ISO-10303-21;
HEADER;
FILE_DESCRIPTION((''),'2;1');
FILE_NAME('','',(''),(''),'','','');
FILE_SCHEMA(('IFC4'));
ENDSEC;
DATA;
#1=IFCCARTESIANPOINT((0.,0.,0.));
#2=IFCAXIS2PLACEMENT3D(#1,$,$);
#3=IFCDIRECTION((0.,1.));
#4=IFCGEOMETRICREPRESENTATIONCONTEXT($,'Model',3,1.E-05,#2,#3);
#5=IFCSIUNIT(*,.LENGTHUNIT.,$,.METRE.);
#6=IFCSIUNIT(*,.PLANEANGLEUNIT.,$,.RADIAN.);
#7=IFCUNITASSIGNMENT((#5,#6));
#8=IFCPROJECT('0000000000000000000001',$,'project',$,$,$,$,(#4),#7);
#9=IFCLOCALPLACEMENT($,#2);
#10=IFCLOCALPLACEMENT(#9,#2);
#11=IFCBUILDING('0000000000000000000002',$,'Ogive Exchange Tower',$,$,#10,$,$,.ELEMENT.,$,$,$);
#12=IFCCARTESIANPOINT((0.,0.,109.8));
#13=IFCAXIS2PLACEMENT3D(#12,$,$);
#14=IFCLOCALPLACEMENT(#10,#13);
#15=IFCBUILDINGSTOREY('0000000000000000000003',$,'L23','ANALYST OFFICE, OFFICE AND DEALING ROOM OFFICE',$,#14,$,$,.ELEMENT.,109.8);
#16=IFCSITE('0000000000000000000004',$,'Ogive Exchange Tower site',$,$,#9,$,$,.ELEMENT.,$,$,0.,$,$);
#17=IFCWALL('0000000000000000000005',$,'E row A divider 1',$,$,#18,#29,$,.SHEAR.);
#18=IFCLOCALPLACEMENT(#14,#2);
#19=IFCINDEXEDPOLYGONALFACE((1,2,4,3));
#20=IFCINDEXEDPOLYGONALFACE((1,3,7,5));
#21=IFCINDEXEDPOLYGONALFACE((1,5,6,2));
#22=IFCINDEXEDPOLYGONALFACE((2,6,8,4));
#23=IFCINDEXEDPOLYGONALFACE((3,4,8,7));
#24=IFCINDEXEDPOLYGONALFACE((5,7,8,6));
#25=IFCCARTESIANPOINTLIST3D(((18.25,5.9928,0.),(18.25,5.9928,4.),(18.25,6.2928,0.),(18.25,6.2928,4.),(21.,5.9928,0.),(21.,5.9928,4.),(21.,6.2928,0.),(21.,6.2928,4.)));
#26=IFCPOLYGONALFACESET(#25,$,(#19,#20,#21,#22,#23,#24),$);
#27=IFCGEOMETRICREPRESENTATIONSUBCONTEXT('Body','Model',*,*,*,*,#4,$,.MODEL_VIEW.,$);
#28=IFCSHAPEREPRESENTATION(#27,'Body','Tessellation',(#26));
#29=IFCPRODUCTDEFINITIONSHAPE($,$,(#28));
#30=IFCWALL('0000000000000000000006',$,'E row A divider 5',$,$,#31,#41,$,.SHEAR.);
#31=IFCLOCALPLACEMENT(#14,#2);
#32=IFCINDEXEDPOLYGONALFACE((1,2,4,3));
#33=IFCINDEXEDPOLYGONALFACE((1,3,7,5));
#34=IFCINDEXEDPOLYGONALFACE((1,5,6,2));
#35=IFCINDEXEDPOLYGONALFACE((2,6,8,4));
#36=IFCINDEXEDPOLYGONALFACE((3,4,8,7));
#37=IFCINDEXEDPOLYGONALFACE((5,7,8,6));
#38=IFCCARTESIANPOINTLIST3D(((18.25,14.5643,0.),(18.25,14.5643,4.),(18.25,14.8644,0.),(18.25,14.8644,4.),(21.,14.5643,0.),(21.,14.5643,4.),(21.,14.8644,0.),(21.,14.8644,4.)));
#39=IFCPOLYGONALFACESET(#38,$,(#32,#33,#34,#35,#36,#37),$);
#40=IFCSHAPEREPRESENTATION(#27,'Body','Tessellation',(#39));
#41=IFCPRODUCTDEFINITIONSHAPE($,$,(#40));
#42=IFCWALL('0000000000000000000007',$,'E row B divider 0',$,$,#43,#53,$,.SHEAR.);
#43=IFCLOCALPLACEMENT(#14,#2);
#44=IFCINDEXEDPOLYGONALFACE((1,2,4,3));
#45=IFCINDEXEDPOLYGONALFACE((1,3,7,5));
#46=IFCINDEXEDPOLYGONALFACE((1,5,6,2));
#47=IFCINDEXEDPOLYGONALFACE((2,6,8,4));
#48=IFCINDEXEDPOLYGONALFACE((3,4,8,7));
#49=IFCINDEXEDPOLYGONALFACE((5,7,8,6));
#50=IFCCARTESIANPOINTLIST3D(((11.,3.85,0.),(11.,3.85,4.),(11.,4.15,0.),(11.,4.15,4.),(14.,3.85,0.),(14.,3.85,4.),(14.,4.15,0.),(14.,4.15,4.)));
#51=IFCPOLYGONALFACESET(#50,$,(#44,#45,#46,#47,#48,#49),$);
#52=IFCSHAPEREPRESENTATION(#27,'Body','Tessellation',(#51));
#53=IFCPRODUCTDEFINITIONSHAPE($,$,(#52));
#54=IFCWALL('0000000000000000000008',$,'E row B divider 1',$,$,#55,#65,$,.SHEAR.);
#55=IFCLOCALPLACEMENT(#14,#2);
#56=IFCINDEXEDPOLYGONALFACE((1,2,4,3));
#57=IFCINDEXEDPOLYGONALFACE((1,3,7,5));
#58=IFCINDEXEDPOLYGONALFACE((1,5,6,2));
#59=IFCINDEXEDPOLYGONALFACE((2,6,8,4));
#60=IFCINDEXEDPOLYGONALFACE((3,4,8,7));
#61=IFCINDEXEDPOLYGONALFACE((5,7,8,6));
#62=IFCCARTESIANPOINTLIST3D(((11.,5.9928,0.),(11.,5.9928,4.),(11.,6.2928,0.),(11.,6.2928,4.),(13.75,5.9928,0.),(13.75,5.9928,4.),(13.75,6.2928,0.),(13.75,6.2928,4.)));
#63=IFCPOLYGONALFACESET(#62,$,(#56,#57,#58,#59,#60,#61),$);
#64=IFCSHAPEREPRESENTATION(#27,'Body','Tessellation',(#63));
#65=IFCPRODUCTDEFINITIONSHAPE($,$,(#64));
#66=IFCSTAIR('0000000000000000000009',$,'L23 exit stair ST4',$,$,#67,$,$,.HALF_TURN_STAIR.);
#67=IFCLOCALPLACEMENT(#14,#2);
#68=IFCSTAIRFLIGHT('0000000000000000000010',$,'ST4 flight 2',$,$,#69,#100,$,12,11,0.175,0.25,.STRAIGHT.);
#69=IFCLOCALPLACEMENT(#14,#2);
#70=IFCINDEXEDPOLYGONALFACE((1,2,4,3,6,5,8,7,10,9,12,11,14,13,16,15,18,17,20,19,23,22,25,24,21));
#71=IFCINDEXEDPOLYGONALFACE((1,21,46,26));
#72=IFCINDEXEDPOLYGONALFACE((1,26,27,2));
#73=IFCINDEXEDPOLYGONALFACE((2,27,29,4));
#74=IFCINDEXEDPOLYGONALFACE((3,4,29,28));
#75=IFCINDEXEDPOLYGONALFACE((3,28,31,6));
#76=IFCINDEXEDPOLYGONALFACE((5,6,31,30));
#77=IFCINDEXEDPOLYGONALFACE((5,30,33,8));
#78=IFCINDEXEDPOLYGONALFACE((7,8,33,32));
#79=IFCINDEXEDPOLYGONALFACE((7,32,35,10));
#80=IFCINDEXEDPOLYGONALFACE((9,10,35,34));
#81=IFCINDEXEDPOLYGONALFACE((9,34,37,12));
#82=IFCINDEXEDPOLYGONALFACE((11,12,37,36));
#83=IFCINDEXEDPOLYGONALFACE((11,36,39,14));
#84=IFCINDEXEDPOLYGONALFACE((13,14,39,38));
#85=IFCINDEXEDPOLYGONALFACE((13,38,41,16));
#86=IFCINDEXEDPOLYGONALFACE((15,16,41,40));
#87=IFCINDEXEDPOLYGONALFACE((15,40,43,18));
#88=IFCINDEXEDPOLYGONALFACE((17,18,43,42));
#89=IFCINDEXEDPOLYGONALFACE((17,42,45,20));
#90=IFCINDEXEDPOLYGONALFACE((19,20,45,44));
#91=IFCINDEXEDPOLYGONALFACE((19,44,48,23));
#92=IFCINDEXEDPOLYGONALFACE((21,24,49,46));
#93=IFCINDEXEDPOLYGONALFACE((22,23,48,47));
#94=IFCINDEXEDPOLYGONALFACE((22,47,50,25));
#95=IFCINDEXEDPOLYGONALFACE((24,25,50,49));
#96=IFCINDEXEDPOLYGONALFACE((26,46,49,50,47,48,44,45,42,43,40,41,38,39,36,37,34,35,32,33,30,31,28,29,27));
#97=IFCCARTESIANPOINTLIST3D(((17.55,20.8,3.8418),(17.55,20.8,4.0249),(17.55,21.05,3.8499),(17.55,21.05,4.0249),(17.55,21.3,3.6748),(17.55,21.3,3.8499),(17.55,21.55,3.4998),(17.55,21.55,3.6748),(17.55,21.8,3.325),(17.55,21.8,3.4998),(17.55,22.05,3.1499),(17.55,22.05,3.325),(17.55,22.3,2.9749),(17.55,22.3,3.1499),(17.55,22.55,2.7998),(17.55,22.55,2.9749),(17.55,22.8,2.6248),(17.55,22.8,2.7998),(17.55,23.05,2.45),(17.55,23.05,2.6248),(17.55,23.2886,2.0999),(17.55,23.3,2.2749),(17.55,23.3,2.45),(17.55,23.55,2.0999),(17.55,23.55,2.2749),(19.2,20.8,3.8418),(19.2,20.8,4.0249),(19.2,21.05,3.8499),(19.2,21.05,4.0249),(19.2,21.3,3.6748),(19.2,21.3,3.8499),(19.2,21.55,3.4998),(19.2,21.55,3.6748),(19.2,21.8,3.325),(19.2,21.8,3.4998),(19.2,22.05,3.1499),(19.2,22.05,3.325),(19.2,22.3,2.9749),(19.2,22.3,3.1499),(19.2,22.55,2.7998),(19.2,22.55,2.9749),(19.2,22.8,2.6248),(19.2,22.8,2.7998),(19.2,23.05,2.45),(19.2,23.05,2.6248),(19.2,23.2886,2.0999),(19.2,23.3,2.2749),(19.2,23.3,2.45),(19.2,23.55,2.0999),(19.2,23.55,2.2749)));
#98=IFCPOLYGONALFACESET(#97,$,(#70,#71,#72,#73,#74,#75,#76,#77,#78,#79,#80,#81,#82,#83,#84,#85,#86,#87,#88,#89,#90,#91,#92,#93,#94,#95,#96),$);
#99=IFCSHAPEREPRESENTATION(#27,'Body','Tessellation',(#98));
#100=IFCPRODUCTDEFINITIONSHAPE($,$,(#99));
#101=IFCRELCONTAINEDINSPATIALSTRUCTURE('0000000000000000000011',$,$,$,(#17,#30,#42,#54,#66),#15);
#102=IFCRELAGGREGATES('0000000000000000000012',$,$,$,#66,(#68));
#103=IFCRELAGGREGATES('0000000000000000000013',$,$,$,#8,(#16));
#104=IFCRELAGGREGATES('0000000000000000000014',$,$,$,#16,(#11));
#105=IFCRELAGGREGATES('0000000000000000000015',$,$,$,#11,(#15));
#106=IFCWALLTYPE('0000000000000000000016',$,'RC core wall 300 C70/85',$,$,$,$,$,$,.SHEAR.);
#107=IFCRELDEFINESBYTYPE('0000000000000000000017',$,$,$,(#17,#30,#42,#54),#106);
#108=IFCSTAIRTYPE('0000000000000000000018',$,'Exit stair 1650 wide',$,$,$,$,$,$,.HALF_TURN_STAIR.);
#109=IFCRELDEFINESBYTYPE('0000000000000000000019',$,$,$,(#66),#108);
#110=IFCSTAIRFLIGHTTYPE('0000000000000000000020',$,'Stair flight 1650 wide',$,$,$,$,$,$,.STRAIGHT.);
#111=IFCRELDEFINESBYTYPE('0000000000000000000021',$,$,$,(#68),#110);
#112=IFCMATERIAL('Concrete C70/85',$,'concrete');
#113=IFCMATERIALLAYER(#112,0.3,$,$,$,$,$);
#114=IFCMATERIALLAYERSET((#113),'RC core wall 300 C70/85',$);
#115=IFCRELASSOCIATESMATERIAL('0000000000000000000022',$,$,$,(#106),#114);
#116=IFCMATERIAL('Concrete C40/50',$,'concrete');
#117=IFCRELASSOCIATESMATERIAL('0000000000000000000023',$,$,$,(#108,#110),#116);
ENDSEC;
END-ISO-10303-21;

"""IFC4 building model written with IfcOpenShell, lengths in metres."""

from ifc_helpers import new_model, si_unit, direction, frame, frame_2d, origin, place, context, subcontext, project, spatial, polyline, rectangle, outline, extrude, material, layer, layer_set, type_object, element, aggregate, save


model = new_model("IFC4")

# Units and contexts
model_context = context("Model", 3, precision=1e-05, world=origin(), true_north=direction((0.0, 1.0)))
body_context = subcontext(model_context, "Body", "Model", "MODEL_VIEW")
ifc_project = project(units=[si_unit("LENGTHUNIT", "METRE"), si_unit("PLANEANGLEUNIT", "RADIAN")], contexts=[model_context])

# Site, building, storey
site_placement = place(None, origin())
site = spatial("IfcSite", under=ifc_project, at=site_placement, Name="Ogive Exchange Tower site", CompositionType="ELEMENT", RefElevation=0.0)
building_placement = place(site_placement, origin())
building = spatial("IfcBuilding", under=site, at=building_placement, Name="Ogive Exchange Tower", CompositionType="ELEMENT")
storey_placement = place(building_placement, frame((0.0, 0.0, 109.8)))
storey = spatial("IfcBuildingStorey", under=building, at=storey_placement, Name="L23", Description="ANALYST OFFICE, OFFICE AND DEALING ROOM OFFICE", CompositionType="ELEMENT", Elevation=109.8)

# Shared definitions
ifc_material_1 = material(Name="Concrete C70/85", Category="concrete")

# Walls
ifc_layer_1 = layer(ifc_material_1, 0.3)
ifc_layer_set_1 = layer_set([ifc_layer_1], Name="RC core wall 300 C70/85")
wall_type_1 = type_object("IfcWallType", Name="RC core wall 300 C70/85", PredefinedType="SHEAR", material=ifc_layer_set_1)
for number, where, z_axis, x_axis, name in (
    (1, (18.25, 6.1428, 0.0), (0.0, 0.0, 1.0), (1.0, 0.0, 0.0), "E row A divider 1"),
    (2, (18.25, 14.7144, 0.0), (0.0, 0.0, 1.0), (1.0, 0.0, 0.0), "E row A divider 5"),
):
    element("IfcWall", number, at=place(storey_placement, frame(where, z_axis=z_axis, x_axis=x_axis)), inside=storey, type_object=wall_type_1, Name=name, PredefinedType="SHEAR", context=body_context, shape_type="SweptSolid", body=[
        extrude(rectangle(XDim=2.75, YDim=0.3, at=frame_2d((1.375, 0.0))), origin(), (0.0, 0.0, 1.0), 4.0),
    ])
wall_1_placement = place(storey_placement, frame((11.0, 4.0, 0.0), z_axis=(0.0, 0.0, 1.0), x_axis=(1.0, 0.0, 0.0)))
element("IfcWall", 3, at=wall_1_placement, inside=storey, type_object=wall_type_1, Name="E row B divider 0", PredefinedType="SHEAR", context=body_context, shape_type="SweptSolid", body=[
    extrude(rectangle(XDim=3.0, YDim=0.3, at=frame_2d((1.5, 0.0))), origin(), (0.0, 0.0, 1.0), 4.0),
])
wall_2_placement = place(storey_placement, frame((11.0, 6.1428, 0.0), z_axis=(0.0, 0.0, 1.0), x_axis=(1.0, 0.0, 0.0)))
element("IfcWall", 4, at=wall_2_placement, inside=storey, type_object=wall_type_1, Name="E row B divider 1", PredefinedType="SHEAR", context=body_context, shape_type="SweptSolid", body=[
    extrude(rectangle(XDim=2.75, YDim=0.3, at=frame_2d((1.375, 0.0))), origin(), (0.0, 0.0, 1.0), 4.0),
])

# Stair, stair flight
ifc_material_2 = material(Name="Concrete C40/50", Category="concrete")
stair_type = type_object("IfcStairType", Name="Exit stair 1650 wide", PredefinedType="HALF_TURN_STAIR", material=ifc_material_2)
stair_placement = place(storey_placement, origin())
stair = element("IfcStair", 5, at=stair_placement, inside=storey, type_object=stair_type, Name="L23 exit stair ST4", PredefinedType="HALF_TURN_STAIR")
stair_flight_type = type_object("IfcStairFlightType", Name="Stair flight 1650 wide", PredefinedType="STRAIGHT", material=ifc_material_2)
stair_flight_placement = place(storey_placement, frame((18.375, 23.55, 2.0999), z_axis=(0.0, 0.0, 1.0), x_axis=(0.0, -1.0, 0.0)))
stair_flight = element("IfcStairFlight", 6, at=stair_flight_placement, type_object=stair_flight_type, Name="ST4 flight 2", NumberOfRisers=12, NumberOfTreads=11, PredefinedType="STRAIGHT", RiserHeight=0.175, TreadLength=0.25, context=body_context, shape_type="SweptSolid", body=[
    extrude(outline(polyline([(0.0, 0.0), (0.0, 0.175), (0.25, 0.175), (0.25, 0.3501), (0.5, 0.3501), (0.5, 0.5249), (0.75, 0.5249), (0.75, 0.7), (1.0, 0.7), (1.0, 0.875), (1.25, 0.875), (1.25, 1.05), (1.5, 1.05), (1.5, 1.2251), (1.75, 1.2251), (1.75, 1.3999), (2.0, 1.3999), (2.0, 1.575), (2.25, 1.575), (2.25, 1.75), (2.5, 1.75), (2.5, 1.925), (2.75, 1.925), (2.75, 2.1001), (2.75, 1.7419), (0.2615, 0.0), (0.0, 0.0)])), frame((0.0, 0.825, 0.0), z_axis=(0.0, -1.0, 0.0), x_axis=(1.0, 0.0, 0.0)), (0.0, 0.0, 1.0), 1.6499),
])
aggregate(stair, [stair_flight])

save(model, "model.ifc")
